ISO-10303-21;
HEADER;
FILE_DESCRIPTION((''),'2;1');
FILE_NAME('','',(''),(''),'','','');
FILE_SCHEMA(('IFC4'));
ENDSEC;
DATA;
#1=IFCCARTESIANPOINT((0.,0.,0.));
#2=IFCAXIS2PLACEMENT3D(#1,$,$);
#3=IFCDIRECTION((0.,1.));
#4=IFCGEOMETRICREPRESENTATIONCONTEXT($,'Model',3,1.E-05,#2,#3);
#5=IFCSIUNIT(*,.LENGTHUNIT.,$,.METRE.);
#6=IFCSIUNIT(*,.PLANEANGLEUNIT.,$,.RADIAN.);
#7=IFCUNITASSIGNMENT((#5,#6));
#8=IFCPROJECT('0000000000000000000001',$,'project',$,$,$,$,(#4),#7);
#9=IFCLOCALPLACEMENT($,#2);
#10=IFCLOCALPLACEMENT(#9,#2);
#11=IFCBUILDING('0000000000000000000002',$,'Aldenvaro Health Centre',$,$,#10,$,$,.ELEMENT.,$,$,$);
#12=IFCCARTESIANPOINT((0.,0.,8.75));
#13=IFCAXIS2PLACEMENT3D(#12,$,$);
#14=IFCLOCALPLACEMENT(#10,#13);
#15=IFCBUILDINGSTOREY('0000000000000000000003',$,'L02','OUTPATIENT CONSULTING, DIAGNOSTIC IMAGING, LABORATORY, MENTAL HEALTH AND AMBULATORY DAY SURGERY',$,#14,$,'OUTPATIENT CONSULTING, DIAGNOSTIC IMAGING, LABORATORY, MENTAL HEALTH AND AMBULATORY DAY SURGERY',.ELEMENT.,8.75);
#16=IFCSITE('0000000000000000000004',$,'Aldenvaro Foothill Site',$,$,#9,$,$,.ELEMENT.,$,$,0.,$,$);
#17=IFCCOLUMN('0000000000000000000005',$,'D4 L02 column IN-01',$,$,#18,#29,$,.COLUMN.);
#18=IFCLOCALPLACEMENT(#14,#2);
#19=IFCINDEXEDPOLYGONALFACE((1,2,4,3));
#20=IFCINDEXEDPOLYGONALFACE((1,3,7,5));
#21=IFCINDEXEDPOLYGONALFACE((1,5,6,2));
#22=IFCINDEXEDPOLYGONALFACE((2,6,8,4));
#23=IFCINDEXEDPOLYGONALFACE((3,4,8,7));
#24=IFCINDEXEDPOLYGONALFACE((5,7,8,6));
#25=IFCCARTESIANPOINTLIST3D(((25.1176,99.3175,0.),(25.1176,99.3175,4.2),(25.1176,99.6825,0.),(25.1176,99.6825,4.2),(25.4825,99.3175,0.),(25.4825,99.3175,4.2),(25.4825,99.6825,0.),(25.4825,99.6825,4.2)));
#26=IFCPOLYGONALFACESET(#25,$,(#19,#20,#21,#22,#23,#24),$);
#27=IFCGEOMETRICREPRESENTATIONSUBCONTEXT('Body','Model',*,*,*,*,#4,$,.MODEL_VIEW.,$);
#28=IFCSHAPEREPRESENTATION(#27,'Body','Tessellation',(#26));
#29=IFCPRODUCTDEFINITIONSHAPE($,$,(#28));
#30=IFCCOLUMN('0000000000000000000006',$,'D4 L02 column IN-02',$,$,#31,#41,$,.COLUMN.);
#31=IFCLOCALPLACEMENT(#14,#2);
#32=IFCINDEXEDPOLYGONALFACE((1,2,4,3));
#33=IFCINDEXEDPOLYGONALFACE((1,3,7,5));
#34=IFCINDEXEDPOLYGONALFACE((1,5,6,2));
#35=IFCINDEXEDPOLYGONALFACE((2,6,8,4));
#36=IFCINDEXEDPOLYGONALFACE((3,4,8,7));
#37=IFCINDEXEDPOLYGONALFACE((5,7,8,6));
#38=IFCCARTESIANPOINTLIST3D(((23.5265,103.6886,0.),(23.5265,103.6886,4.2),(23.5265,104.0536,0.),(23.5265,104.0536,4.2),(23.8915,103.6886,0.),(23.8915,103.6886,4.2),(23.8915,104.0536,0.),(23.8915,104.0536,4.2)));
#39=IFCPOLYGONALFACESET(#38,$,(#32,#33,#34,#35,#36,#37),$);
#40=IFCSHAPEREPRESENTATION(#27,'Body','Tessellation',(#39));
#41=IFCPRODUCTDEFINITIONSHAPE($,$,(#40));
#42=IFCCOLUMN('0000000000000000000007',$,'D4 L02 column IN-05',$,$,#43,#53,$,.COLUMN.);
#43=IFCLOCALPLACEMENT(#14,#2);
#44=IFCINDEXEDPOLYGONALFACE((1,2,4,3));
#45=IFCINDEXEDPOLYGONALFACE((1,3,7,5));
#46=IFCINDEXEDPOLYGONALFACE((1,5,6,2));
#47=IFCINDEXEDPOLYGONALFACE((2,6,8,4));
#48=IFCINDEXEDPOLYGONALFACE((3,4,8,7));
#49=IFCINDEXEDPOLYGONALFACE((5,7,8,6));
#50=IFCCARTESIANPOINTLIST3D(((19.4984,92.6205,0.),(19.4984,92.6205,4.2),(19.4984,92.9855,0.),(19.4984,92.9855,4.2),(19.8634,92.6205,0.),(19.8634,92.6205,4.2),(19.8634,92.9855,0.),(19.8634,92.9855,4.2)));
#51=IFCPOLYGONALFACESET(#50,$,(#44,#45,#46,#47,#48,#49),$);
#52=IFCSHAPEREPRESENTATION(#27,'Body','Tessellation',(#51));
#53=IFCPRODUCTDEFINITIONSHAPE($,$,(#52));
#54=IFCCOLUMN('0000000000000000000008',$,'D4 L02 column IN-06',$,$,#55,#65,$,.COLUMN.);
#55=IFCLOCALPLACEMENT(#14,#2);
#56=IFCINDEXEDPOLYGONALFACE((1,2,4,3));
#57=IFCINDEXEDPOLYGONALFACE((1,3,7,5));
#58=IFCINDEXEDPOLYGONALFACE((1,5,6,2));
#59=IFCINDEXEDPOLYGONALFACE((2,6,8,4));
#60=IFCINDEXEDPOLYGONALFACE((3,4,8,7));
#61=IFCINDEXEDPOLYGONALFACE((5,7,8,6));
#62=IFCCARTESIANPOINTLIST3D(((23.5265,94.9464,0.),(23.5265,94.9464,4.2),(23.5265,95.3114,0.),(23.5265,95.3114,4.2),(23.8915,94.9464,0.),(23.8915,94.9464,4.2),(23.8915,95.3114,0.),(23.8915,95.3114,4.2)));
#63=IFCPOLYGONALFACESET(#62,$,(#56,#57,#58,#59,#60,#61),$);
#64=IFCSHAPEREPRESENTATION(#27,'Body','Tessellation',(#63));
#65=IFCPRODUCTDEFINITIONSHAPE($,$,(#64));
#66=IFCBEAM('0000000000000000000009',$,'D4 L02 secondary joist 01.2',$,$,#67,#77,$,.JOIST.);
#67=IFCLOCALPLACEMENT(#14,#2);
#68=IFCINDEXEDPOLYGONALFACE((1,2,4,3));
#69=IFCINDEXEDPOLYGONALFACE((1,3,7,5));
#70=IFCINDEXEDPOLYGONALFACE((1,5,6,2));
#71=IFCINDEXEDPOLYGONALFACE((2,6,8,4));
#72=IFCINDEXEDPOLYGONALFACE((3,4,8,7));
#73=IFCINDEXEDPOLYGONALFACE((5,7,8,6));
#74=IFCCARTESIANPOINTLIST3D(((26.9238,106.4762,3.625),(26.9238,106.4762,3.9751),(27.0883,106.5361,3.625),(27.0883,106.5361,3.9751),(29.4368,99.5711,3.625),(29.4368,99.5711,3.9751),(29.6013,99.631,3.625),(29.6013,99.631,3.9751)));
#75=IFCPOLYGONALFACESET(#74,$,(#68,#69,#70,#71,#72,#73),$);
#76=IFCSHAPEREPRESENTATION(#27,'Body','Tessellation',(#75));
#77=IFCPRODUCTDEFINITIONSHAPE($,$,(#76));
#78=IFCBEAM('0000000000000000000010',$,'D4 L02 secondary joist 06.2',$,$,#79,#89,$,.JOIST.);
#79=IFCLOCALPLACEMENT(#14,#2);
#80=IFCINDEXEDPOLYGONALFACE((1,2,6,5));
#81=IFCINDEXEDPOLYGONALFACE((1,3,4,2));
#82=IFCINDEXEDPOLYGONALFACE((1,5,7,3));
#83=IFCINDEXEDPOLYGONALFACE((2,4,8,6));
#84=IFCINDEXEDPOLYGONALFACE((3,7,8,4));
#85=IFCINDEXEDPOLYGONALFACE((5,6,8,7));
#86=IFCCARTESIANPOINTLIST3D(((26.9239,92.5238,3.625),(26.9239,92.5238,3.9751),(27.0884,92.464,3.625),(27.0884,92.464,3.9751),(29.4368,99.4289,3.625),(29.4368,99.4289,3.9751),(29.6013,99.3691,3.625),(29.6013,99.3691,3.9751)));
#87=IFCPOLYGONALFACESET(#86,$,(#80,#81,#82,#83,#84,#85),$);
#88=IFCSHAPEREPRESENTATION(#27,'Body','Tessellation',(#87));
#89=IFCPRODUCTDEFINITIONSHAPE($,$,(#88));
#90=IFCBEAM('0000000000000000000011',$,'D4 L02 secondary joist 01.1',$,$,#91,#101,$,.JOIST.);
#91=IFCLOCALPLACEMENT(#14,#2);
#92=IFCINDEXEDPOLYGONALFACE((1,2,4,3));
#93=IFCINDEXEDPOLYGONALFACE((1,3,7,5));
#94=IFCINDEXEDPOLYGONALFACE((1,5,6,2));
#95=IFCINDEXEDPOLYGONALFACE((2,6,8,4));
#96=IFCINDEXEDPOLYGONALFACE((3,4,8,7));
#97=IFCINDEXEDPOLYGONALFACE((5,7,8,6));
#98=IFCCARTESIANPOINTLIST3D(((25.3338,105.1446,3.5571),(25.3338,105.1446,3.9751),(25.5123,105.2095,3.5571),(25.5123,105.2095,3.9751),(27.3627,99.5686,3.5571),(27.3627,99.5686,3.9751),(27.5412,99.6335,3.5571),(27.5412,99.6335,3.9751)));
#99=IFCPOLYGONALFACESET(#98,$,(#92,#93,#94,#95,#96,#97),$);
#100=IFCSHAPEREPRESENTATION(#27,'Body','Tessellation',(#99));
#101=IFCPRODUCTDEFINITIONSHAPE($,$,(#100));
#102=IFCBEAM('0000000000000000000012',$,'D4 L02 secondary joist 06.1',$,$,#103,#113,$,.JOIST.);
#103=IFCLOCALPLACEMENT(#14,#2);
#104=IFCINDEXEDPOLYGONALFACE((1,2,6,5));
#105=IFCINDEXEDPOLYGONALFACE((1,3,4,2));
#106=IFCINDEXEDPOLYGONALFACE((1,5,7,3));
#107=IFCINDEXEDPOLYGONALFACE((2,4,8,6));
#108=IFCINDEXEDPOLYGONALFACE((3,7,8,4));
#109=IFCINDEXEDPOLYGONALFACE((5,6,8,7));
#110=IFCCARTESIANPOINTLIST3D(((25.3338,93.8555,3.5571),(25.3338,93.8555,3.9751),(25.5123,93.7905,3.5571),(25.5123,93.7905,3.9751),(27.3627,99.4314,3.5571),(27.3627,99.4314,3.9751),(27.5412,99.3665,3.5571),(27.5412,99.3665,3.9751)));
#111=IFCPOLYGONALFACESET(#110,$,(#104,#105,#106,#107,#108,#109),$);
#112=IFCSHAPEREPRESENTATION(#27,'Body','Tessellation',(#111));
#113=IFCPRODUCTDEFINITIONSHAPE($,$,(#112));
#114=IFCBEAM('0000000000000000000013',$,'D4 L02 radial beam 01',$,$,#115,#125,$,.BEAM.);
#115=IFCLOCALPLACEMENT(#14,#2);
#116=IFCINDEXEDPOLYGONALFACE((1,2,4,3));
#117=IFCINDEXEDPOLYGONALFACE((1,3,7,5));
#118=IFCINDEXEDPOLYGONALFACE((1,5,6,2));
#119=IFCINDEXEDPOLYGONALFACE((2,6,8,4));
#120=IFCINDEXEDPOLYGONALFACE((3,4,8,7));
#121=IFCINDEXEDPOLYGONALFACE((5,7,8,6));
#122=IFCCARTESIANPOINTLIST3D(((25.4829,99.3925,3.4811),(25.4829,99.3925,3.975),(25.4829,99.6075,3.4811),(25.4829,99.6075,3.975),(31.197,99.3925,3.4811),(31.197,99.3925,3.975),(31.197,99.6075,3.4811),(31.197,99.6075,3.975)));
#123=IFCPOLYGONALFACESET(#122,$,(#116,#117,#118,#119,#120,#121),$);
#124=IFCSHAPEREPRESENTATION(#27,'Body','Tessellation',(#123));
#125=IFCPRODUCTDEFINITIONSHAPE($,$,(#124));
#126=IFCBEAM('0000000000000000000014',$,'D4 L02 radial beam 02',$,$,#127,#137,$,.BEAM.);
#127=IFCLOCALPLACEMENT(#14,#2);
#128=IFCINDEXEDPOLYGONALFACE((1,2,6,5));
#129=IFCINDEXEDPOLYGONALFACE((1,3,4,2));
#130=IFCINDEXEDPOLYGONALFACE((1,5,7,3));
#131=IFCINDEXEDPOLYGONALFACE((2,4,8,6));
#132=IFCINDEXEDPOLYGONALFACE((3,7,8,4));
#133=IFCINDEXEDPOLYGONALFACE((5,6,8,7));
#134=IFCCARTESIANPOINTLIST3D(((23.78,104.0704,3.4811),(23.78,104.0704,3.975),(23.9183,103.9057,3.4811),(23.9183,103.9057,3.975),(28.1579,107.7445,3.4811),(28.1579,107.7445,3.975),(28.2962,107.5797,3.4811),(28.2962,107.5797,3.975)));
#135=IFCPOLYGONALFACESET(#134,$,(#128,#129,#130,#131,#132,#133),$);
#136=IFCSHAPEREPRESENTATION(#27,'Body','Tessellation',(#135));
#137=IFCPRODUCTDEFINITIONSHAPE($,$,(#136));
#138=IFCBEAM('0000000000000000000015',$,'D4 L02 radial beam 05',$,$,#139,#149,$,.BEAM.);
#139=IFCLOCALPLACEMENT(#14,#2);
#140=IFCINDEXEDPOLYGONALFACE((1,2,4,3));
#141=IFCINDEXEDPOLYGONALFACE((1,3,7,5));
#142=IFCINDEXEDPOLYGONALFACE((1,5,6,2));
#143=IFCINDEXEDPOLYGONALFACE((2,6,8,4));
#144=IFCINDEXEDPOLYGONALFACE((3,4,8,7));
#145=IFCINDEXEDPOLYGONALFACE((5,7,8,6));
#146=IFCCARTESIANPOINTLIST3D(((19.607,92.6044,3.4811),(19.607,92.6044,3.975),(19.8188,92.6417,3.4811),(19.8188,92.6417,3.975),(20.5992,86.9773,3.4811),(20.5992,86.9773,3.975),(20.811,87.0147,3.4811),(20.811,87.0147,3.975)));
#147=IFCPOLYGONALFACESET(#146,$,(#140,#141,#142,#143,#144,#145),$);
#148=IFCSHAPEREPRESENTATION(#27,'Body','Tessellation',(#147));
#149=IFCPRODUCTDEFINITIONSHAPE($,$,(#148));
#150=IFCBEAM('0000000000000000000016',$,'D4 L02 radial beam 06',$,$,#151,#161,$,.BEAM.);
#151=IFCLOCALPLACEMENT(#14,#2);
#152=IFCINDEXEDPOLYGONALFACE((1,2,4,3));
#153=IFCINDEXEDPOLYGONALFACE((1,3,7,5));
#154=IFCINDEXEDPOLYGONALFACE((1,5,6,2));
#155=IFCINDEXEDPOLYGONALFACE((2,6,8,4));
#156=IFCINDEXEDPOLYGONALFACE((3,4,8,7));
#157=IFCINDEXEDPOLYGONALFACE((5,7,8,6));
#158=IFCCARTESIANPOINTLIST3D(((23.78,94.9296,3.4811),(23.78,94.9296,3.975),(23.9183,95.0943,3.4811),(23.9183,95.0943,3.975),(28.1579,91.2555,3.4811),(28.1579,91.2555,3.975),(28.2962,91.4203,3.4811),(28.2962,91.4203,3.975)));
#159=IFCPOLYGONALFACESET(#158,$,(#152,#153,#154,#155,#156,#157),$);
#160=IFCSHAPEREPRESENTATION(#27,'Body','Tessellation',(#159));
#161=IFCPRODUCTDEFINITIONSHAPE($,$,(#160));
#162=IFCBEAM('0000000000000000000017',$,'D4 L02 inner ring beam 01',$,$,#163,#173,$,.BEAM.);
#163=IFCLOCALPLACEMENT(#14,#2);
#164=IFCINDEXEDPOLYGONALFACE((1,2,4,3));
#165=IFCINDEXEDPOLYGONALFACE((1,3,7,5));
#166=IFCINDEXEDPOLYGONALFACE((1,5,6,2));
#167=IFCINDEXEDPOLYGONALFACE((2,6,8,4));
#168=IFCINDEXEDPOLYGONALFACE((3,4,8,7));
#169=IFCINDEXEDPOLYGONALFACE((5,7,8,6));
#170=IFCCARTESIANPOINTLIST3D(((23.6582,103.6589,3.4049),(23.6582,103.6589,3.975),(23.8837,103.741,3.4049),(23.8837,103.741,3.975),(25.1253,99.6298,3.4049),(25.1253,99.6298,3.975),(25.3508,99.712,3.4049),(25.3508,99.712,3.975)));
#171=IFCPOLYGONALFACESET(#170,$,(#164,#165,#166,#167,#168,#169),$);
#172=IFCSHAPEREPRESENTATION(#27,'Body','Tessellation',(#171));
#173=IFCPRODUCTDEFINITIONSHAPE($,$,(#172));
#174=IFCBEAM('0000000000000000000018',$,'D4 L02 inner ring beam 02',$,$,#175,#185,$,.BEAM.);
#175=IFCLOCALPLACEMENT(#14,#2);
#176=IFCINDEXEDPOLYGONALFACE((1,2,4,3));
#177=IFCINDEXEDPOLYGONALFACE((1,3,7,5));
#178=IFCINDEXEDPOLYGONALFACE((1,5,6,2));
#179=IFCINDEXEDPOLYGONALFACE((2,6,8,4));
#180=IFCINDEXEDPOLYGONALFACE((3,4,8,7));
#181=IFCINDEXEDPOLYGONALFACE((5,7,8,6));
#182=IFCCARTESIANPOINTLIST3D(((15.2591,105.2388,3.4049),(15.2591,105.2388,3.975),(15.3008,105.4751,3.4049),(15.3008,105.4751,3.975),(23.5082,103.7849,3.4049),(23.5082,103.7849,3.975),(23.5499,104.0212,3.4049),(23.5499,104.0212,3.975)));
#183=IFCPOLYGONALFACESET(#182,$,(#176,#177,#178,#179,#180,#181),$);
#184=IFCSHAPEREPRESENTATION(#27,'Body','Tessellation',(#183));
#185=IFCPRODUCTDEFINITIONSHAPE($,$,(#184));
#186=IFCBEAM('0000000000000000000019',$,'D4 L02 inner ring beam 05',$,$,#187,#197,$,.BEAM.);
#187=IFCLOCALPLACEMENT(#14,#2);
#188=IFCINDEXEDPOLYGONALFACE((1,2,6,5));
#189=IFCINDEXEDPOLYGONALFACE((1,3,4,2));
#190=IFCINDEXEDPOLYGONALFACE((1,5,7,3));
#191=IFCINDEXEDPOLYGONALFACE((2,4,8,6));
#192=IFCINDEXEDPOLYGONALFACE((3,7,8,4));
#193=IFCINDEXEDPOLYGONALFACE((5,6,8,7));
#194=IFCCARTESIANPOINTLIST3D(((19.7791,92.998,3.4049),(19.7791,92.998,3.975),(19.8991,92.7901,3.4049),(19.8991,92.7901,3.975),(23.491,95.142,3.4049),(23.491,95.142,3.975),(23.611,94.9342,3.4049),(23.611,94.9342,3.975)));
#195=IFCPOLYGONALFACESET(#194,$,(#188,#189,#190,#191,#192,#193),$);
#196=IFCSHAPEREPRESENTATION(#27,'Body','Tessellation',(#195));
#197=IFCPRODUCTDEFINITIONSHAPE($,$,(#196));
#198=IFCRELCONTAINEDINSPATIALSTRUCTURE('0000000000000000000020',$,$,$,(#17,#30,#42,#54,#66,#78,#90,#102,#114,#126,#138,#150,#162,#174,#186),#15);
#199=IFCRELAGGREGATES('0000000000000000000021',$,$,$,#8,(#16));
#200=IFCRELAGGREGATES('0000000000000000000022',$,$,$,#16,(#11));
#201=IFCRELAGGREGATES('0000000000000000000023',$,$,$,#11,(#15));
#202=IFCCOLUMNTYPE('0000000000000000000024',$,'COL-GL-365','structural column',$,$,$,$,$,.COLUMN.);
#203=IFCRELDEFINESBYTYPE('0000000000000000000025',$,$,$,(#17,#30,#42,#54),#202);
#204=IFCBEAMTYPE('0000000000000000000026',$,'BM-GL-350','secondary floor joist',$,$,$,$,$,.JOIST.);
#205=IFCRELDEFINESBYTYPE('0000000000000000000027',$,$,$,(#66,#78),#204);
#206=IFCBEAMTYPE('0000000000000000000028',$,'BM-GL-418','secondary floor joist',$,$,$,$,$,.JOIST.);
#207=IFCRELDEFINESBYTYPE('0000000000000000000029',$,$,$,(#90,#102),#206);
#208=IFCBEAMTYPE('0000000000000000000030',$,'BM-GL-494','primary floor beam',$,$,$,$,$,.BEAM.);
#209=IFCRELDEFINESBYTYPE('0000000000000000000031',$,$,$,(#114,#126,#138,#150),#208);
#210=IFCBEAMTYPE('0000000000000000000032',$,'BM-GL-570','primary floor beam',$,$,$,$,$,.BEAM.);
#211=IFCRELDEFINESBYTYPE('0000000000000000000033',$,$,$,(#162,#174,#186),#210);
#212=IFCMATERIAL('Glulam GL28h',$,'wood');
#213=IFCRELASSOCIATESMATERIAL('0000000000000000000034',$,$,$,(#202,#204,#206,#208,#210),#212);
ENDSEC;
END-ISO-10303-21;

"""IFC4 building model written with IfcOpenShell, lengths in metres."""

from ifc_helpers import new_model, si_unit, direction, frame, origin, origin_2d, place, context, subcontext, project, spatial, rectangle, extrude, material, material_profile, profile_set, type_object, element, save


model = new_model("IFC4")

# Units and contexts
model_context = context("Model", 3, precision=1e-05, world=origin(), true_north=direction((0.0, 1.0)))
body_context = subcontext(model_context, "Body", "Model", "MODEL_VIEW")
ifc_project = project(units=[si_unit("LENGTHUNIT", "METRE"), si_unit("PLANEANGLEUNIT", "RADIAN")], contexts=[model_context])

# Site, building, storey
site_placement = place(None, origin())
site = spatial("IfcSite", under=ifc_project, at=site_placement, Name="Aldenvaro Foothill Site", CompositionType="ELEMENT", RefElevation=0.0)
building_placement = place(site_placement, origin())
building = spatial("IfcBuilding", under=site, at=building_placement, Name="Aldenvaro Health Centre", CompositionType="ELEMENT")
storey_placement = place(building_placement, frame((0.0, 0.0, 8.75)))
storey = spatial("IfcBuildingStorey", under=building, at=storey_placement, Name="L02", Description="OUTPATIENT CONSULTING, DIAGNOSTIC IMAGING, LABORATORY, MENTAL HEALTH AND AMBULATORY DAY SURGERY", LongName="OUTPATIENT CONSULTING, DIAGNOSTIC IMAGING, LABORATORY, MENTAL HEALTH AND AMBULATORY DAY SURGERY", CompositionType="ELEMENT", Elevation=8.75)

# Columns
ifc_material_1 = material(Name="Glulam GL28h", Category="wood")
ifc_material_profile_1 = material_profile(ifc_material_1, rectangle(XDim=0.365, YDim=0.365, at=origin_2d()), Name="GL 365x365", Category="wood")
ifc_profile_set_1 = profile_set([ifc_material_profile_1], Name="Glulam GL28h")
column_type = type_object("IfcColumnType", Name="COL-GL-365", Description="structural column", PredefinedType="COLUMN", material=ifc_profile_set_1)
for number, where, z_axis, x_axis, name in (
    (1, (25.3, 99.5, 0.0), (0.0, 0.0, 1.0), (1.0, 0.0, 0.0), "D4 L02 column IN-01"),
    (2, (23.709, 103.8711, 0.0), (0.0, 0.0, 1.0), (1.0, 0.0, 0.0), "D4 L02 column IN-02"),
    (3, (19.6809, 92.803, 0.0), (0.0, 0.0, 1.0), (1.0, 0.0, 0.0), "D4 L02 column IN-05"),
    (4, (23.709, 95.1289, 0.0), (0.0, 0.0, 1.0), (1.0, 0.0, 0.0), "D4 L02 column IN-06"),
):
    element("IfcColumn", number, at=place(storey_placement, frame(where, z_axis=z_axis, x_axis=x_axis)), inside=storey, type_object=column_type, Name=name, PredefinedType="COLUMN", context=body_context, shape_type="SweptSolid", body=[
        extrude(rectangle(XDim=0.365, YDim=0.365, at=origin_2d()), origin(), (0.0, 0.0, 1.0), 4.2),
    ])

# Beams
ifc_material_profile_2 = material_profile(ifc_material_1, rectangle(XDim=0.175, YDim=0.3501, at=origin_2d()), Name="GL 175x350", Category="wood")
ifc_profile_set_2 = profile_set([ifc_material_profile_2], Name="Glulam GL28h")
beam_type_1 = type_object("IfcBeamType", Name="BM-GL-350", Description="secondary floor joist", PredefinedType="JOIST", material=ifc_profile_set_2)
for number, where, z_axis, x_axis, name in (
    (5, (29.519, 99.6011, 3.8), (-0.341986, 0.939705, 0.0), (-0.939705, -0.341986, 0.0), "D4 L02 secondary joist 01.2"),
    (6, (27.0061, 92.4939, 3.8), (0.341986, 0.939705, 0.0), (-0.939705, 0.341986, 0.0), "D4 L02 secondary joist 06.2"),
):
    element("IfcBeam", number, at=place(storey_placement, frame(where, z_axis=z_axis, x_axis=x_axis)), inside=storey, type_object=beam_type_1, Name=name, PredefinedType="JOIST", context=body_context, shape_type="SweptSolid", body=[
        extrude(rectangle(XDim=0.175, YDim=0.3501, at=origin_2d()), origin(), (0.0, 0.0, 1.0), 7.3481),
    ])
ifc_material_profile_3 = material_profile(ifc_material_1, rectangle(XDim=0.1899, YDim=0.418, at=origin_2d()), Name="GL 190x418", Category="wood")
ifc_profile_set_3 = profile_set([ifc_material_profile_3], Name="Glulam GL28h")
beam_type_2 = type_object("IfcBeamType", Name="BM-GL-418", Description="secondary floor joist", PredefinedType="JOIST", material=ifc_profile_set_3)
for number, where, z_axis, x_axis, name in (
    (7, (27.4519, 99.6011, 3.7661), (-0.341921, 0.939729, 0.0), (-0.939729, -0.341921, 0.0), "D4 L02 secondary joist 01.1"),
    (8, (25.4231, 93.823, 3.7661), (0.341921, 0.939729, 0.0), (-0.939729, 0.341921, 0.0), "D4 L02 secondary joist 06.1"),
):
    element("IfcBeam", number, at=place(storey_placement, frame(where, z_axis=z_axis, x_axis=x_axis)), inside=storey, type_object=beam_type_2, Name=name, PredefinedType="JOIST", context=body_context, shape_type="SweptSolid", body=[
        extrude(rectangle(XDim=0.1899, YDim=0.418, at=origin_2d()), origin(), (0.0, 0.0, 1.0), 5.9336),
    ])
ifc_material_profile_4 = material_profile(ifc_material_1, rectangle(XDim=0.2151, YDim=0.4939, at=origin_2d()), Name="GL 215x494", Category="wood")
ifc_profile_set_4 = profile_set([ifc_material_profile_4], Name="Glulam GL28h")
beam_type_3 = type_object("IfcBeamType", Name="BM-GL-494", Description="primary floor beam", PredefinedType="BEAM", material=ifc_profile_set_4)
beam_1_placement = place(storey_placement, frame((25.4829, 99.5, 3.728), z_axis=(1.0, 0.0, 0.0), x_axis=(0.0, 1.0, 0.0)))
element("IfcBeam", 9, at=beam_1_placement, inside=storey, type_object=beam_type_3, Name="D4 L02 radial beam 01", PredefinedType="BEAM", context=body_context, shape_type="SweptSolid", body=[
    extrude(rectangle(XDim=0.2151, YDim=0.4939, at=origin_2d()), origin(), (0.0, 0.0, 1.0), 5.7141),
])
beam_2_placement = place(storey_placement, frame((23.8491, 103.988, 3.728), z_axis=(0.765997, 0.642844, 0.0), x_axis=(-0.642844, 0.765997, 0.0)))
element("IfcBeam", 10, at=beam_2_placement, inside=storey, type_object=beam_type_3, Name="D4 L02 radial beam 02", PredefinedType="BEAM", context=body_context, shape_type="SweptSolid", body=[
    extrude(rectangle(XDim=0.2151, YDim=0.4939, at=origin_2d()), origin(), (0.0, 0.0, 1.0), 5.7153),
])
beam_3_placement = place(storey_placement, frame((19.7129, 92.623, 3.728), z_axis=(0.173649, -0.984808, 0.0), x_axis=(0.984808, 0.173649, 0.0)))
element("IfcBeam", 11, at=beam_3_placement, inside=storey, type_object=beam_type_3, Name="D4 L02 radial beam 05", PredefinedType="BEAM", context=body_context, shape_type="SweptSolid", body=[
    extrude(rectangle(XDim=0.2151, YDim=0.4939, at=origin_2d()), origin(), (0.0, 0.0, 1.0), 5.7139),
])
beam_4_placement = place(storey_placement, frame((23.8491, 95.012, 3.728), z_axis=(0.765997, -0.642844, 0.0), x_axis=(0.642844, 0.765997, 0.0)))
element("IfcBeam", 12, at=beam_4_placement, inside=storey, type_object=beam_type_3, Name="D4 L02 radial beam 06", PredefinedType="BEAM", context=body_context, shape_type="SweptSolid", body=[
    extrude(rectangle(XDim=0.2151, YDim=0.4939, at=origin_2d()), origin(), (0.0, 0.0, 1.0), 5.7153),
])
ifc_material_profile_5 = material_profile(ifc_material_1, rectangle(XDim=0.24, YDim=0.5701, at=origin_2d()), Name="GL 240x570", Category="wood")
ifc_profile_set_5 = profile_set([ifc_material_profile_5], Name="Glulam GL28h")
beam_type_4 = type_object("IfcBeamType", Name="BM-GL-570", Description="primary floor beam", PredefinedType="BEAM", material=ifc_profile_set_5)
beam_5_placement = place(storey_placement, frame((25.238, 99.6709, 3.6899), z_axis=(-0.342141, 0.939649, 0.0), x_axis=(-0.939649, -0.342141, 0.0)))
element("IfcBeam", 13, at=beam_5_placement, inside=storey, type_object=beam_type_4, Name="D4 L02 inner ring beam 01", PredefinedType="BEAM", context=body_context, shape_type="SweptSolid", body=[
    extrude(rectangle(XDim=0.24, YDim=0.5701, at=origin_2d()), origin(), (0.0, 0.0, 1.0), 4.2878),
])
beam_6_placement = place(storey_placement, frame((23.5291, 103.9031, 3.6899), z_axis=(-0.984821, 0.173571, 0.0), x_axis=(-0.173571, -0.984821, 0.0)))
element("IfcBeam", 14, at=beam_6_placement, inside=storey, type_object=beam_type_4, Name="D4 L02 inner ring beam 02", PredefinedType="BEAM", context=body_context, shape_type="SweptSolid", body=[
    extrude(rectangle(XDim=0.24, YDim=0.5701, at=origin_2d()), origin(), (0.0, 0.0, 1.0), 8.3762),
])
beam_7_placement = place(storey_placement, frame((19.8391, 92.894, 3.6899), z_axis=(0.865928, 0.500169, 0.0), x_axis=(-0.500169, 0.865928, 0.0)))
element("IfcBeam", 15, at=beam_7_placement, inside=storey, type_object=beam_type_4, Name="D4 L02 inner ring beam 05", PredefinedType="BEAM", context=body_context, shape_type="SweptSolid", body=[
    extrude(rectangle(XDim=0.24, YDim=0.5701, at=origin_2d()), origin(), (0.0, 0.0, 1.0), 4.2866),
])

save(model, "model.ifc")
